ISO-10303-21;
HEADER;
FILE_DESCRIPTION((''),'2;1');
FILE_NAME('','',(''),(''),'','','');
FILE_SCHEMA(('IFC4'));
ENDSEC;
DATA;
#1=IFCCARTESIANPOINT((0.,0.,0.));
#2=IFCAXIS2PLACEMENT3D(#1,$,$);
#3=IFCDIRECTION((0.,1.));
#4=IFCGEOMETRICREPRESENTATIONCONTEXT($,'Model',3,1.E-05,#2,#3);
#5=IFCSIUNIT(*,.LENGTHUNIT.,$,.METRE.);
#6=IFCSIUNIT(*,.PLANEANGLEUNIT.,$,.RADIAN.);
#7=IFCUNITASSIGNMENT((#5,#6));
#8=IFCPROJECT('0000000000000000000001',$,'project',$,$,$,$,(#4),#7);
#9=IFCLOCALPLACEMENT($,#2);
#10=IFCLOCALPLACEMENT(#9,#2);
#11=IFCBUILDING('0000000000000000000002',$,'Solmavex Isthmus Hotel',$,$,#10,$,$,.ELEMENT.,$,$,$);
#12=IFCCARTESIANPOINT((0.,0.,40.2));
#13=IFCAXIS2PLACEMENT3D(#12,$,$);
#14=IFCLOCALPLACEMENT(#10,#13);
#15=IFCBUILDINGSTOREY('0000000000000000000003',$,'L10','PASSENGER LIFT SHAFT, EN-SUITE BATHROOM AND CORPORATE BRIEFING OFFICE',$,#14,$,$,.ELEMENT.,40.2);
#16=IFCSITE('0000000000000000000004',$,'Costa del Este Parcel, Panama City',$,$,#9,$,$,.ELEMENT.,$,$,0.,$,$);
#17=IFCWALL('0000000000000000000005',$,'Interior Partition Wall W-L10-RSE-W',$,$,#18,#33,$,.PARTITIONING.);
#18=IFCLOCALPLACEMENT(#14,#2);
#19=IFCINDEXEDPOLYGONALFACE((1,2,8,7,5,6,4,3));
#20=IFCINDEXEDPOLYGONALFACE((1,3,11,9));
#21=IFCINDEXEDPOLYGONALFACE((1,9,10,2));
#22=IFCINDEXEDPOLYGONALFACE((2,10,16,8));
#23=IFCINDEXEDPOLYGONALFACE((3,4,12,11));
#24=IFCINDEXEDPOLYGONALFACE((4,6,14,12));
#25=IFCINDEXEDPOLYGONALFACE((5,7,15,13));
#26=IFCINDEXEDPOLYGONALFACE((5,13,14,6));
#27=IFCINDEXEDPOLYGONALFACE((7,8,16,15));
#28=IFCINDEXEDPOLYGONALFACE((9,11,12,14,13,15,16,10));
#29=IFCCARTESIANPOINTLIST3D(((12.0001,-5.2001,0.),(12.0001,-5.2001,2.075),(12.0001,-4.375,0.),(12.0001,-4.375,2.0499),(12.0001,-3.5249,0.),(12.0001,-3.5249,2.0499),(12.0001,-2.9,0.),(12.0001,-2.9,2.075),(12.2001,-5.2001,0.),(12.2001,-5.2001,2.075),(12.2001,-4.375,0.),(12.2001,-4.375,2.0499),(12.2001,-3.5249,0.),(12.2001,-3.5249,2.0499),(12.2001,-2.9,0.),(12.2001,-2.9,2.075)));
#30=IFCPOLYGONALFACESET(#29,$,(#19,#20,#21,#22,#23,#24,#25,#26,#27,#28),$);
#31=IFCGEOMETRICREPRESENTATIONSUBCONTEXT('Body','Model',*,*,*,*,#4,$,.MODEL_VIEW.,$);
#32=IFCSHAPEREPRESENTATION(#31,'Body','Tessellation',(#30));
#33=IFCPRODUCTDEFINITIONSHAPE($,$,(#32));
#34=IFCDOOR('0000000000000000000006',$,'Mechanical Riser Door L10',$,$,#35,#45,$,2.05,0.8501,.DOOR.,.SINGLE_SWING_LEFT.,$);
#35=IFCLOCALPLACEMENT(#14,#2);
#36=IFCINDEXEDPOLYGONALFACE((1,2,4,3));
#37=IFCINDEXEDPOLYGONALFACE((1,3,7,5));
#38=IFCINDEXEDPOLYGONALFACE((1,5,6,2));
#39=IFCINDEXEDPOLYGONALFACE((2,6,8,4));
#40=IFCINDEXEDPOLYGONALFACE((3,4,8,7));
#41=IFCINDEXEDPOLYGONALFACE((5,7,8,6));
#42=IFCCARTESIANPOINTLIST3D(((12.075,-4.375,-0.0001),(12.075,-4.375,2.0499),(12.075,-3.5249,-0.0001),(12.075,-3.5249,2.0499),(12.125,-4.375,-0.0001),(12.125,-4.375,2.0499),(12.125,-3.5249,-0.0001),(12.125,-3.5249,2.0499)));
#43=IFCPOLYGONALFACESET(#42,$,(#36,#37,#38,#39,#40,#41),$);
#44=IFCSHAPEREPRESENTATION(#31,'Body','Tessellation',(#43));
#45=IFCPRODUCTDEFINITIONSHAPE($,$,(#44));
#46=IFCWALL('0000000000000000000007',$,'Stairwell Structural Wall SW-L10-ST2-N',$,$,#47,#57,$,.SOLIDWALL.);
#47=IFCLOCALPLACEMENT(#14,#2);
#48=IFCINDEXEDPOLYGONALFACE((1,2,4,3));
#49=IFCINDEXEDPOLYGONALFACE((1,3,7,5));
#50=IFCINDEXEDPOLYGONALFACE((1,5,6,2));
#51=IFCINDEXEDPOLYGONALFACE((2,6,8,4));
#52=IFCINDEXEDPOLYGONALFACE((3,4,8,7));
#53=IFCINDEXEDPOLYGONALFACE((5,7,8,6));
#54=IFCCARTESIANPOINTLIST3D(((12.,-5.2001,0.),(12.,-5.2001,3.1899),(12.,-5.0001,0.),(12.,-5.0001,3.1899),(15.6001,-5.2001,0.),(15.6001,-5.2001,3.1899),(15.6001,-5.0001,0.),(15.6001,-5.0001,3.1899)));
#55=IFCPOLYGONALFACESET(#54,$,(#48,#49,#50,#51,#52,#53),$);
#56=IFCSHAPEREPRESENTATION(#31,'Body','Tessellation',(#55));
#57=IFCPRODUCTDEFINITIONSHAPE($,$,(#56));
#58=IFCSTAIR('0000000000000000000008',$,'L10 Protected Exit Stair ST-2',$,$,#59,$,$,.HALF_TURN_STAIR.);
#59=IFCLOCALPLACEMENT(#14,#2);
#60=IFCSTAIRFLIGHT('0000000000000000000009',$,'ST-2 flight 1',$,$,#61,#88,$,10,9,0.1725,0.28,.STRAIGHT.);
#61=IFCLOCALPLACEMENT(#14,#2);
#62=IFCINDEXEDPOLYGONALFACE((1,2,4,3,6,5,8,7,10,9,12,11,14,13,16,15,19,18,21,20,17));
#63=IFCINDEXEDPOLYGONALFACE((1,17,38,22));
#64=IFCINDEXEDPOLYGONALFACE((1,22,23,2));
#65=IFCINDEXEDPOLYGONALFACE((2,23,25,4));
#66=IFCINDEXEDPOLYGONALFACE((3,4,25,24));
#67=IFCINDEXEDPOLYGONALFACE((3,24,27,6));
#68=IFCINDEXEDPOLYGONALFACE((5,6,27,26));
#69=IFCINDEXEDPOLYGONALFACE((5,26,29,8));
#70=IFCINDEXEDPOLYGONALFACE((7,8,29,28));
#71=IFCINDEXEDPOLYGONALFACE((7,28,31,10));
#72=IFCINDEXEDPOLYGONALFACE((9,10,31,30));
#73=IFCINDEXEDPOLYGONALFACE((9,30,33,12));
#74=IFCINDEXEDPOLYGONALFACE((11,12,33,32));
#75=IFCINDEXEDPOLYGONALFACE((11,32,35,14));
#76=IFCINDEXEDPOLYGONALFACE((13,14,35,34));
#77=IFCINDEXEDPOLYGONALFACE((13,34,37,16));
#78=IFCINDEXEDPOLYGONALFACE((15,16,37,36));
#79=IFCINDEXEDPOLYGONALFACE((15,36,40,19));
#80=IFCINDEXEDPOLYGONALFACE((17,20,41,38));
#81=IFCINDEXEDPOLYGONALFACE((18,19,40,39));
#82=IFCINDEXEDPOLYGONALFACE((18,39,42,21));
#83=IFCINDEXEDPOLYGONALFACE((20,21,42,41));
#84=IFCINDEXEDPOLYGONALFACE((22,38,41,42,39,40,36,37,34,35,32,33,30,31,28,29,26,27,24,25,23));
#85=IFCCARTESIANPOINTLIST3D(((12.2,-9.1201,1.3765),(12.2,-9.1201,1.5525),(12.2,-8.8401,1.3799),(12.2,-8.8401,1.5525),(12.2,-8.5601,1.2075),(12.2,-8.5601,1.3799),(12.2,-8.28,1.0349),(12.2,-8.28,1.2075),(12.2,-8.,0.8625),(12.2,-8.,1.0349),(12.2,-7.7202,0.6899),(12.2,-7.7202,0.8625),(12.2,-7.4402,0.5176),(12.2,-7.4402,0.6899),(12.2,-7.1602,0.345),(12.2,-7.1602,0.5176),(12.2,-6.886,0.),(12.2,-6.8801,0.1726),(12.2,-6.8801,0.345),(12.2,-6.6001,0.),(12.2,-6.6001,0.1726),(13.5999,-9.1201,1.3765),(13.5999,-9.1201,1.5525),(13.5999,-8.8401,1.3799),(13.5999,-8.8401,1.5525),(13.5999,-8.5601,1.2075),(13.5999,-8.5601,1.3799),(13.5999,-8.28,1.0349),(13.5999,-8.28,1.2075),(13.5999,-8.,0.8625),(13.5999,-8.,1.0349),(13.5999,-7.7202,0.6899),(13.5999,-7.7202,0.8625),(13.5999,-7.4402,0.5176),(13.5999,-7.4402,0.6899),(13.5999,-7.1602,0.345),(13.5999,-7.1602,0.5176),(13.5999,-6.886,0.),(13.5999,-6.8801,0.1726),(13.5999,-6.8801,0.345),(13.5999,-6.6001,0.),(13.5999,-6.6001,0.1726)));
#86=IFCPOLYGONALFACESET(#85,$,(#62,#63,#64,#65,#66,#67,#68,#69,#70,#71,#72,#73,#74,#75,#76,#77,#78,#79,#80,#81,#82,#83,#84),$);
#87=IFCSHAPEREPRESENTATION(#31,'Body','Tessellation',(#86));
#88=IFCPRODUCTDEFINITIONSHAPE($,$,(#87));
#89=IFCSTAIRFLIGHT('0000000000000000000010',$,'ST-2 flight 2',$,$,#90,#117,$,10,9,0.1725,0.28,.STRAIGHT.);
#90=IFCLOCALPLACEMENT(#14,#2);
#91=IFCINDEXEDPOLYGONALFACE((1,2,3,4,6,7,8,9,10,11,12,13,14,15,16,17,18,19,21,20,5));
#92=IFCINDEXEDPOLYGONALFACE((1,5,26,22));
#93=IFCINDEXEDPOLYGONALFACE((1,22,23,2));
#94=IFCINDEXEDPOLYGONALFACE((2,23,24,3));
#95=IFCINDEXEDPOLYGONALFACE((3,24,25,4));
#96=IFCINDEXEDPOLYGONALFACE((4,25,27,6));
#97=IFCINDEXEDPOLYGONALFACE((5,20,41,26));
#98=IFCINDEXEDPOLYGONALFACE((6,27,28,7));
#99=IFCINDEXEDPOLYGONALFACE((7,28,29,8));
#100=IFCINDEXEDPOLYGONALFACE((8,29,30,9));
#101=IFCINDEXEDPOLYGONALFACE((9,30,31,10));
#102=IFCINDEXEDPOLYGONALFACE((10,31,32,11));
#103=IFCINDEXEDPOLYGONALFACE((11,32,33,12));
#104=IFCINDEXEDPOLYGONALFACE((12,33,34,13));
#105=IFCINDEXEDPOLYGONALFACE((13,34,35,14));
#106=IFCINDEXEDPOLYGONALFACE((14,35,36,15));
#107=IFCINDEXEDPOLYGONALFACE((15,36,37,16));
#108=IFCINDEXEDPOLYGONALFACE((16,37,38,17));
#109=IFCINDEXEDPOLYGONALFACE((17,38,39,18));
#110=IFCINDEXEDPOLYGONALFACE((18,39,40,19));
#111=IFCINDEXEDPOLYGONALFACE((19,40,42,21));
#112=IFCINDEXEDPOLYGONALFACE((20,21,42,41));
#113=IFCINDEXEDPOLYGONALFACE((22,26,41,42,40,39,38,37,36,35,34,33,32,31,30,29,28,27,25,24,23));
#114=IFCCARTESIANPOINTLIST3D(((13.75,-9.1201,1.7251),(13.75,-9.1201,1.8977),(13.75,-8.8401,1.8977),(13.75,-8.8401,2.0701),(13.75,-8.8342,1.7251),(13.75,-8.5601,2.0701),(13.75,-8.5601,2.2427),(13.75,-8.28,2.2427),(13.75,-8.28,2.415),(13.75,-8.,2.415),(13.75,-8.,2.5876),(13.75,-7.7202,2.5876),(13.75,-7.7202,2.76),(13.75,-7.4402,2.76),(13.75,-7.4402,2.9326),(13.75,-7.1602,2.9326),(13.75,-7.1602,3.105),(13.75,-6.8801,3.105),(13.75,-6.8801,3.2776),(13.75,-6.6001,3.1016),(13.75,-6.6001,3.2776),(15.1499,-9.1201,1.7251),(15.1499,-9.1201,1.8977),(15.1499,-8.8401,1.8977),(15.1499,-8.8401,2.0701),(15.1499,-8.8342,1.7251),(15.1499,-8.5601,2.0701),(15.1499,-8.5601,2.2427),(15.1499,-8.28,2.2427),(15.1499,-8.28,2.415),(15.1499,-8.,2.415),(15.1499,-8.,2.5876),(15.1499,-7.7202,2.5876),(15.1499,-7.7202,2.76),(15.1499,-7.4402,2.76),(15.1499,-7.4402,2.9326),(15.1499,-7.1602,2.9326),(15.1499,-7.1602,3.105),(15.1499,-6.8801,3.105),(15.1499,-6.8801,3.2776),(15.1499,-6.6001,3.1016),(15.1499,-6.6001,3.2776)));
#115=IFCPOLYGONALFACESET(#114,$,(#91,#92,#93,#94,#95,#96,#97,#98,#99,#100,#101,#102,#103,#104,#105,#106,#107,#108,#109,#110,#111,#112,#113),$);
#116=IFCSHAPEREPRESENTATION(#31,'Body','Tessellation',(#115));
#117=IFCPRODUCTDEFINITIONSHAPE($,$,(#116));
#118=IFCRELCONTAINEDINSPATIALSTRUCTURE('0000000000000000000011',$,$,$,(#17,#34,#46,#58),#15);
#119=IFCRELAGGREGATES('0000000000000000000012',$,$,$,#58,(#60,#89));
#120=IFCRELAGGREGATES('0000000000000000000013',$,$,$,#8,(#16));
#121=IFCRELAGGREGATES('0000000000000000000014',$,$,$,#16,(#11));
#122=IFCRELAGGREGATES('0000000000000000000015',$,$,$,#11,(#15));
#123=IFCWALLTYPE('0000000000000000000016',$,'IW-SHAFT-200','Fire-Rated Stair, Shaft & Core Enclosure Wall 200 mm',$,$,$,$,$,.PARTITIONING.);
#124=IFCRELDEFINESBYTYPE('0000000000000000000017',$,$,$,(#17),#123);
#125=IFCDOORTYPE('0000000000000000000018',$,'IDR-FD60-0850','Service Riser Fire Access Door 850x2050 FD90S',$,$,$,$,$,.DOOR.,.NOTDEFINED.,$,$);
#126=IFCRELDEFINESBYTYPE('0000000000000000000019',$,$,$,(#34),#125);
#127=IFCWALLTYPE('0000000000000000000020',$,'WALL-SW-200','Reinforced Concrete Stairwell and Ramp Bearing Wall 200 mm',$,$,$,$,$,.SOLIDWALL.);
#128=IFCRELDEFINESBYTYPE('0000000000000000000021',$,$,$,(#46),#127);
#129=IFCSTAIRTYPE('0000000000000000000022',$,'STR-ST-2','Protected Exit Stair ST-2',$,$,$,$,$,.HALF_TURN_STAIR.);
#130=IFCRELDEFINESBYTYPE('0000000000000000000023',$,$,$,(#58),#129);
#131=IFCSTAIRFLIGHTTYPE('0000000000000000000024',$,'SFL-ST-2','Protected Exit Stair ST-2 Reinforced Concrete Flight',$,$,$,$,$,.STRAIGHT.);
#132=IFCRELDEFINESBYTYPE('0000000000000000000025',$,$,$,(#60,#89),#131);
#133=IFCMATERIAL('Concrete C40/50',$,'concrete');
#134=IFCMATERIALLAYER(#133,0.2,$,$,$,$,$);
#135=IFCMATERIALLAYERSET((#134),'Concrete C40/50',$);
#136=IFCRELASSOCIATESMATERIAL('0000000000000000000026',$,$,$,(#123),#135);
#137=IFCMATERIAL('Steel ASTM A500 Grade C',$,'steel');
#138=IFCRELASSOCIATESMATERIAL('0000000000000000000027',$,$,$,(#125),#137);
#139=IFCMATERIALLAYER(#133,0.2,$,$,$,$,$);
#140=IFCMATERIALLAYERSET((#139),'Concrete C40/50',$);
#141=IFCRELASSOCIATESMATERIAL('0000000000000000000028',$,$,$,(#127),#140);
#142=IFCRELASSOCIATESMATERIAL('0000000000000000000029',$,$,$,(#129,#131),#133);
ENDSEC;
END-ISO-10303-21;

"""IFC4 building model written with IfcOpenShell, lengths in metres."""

from ifc_helpers import new_model, si_unit, direction, frame, frame_2d, origin, place, context, subcontext, project, spatial, polyline, rectangle, outline, extrude, material, layer, layer_set, type_object, element, fill, aggregate, save


model = new_model("IFC4")

# Units and contexts
model_context = context("Model", 3, precision=1e-05, world=origin(), true_north=direction((0.0, 1.0)))
body_context = subcontext(model_context, "Body", "Model", "MODEL_VIEW")
ifc_project = project(units=[si_unit("LENGTHUNIT", "METRE"), si_unit("PLANEANGLEUNIT", "RADIAN")], contexts=[model_context])

# Site, building, storey
site_placement = place(None, origin())
site = spatial("IfcSite", under=ifc_project, at=site_placement, Name="Costa del Este Parcel, Panama City", CompositionType="ELEMENT", RefElevation=0.0)
building_placement = place(site_placement, origin())
building = spatial("IfcBuilding", under=site, at=building_placement, Name="Solmavex Isthmus Hotel", CompositionType="ELEMENT")
storey_placement = place(building_placement, frame((0.0, 0.0, 40.2)))
storey = spatial("IfcBuildingStorey", under=building, at=storey_placement, Name="L10", Description="PASSENGER LIFT SHAFT, EN-SUITE BATHROOM AND CORPORATE BRIEFING OFFICE", CompositionType="ELEMENT", Elevation=40.2)

# Wall, opening, door
ifc_material_1 = material(Name="Concrete C40/50", Category="concrete")
ifc_layer_1 = layer(ifc_material_1, 0.2)
ifc_layer_set_1 = layer_set([ifc_layer_1], Name="Concrete C40/50")
wall_type_1 = type_object("IfcWallType", Name="IW-SHAFT-200", Description="Fire-Rated Stair, Shaft & Core Enclosure Wall 200 mm", PredefinedType="PARTITIONING", material=ifc_layer_set_1)
wall_1_placement = place(storey_placement, frame((12.1001, -5.2, 0.0), z_axis=(0.0, 0.0, 1.0), x_axis=(0.0, 1.0, 0.0)))
wall_1 = element("IfcWall", 1, at=wall_1_placement, inside=storey, type_object=wall_type_1, Name="Interior Partition Wall W-L10-RSE-W", PredefinedType="PARTITIONING", context=body_context, shape_type="SweptSolid", body=[
    extrude(rectangle(XDim=2.3, YDim=0.2, at=frame_2d((1.1499, 0.0))), origin(), (0.0, 0.0, 1.0), 2.075),
])
opening_1_placement = place(wall_1_placement, frame((0.825, 0.0, 0.0)))
opening_1 = element("IfcOpeningElement", 2, at=opening_1_placement, cuts=wall_1, PredefinedType="OPENING", context=body_context, shape_type="SweptSolid", body=[
    extrude(rectangle(XDim=0.8501, YDim=2.05, at=frame_2d((0.425, 1.0249))), frame((0.0, 0.1099, 0.0), z_axis=(0.0, -1.0, 0.0), x_axis=(1.0, 0.0, 0.0)), (0.0, 0.0, 1.0), 0.22),
])
ifc_material_2 = material(Name="Steel ASTM A500 Grade C", Category="steel")
door_type_1 = type_object("IfcDoorType", Name="IDR-FD60-0850", Description="Service Riser Fire Access Door 850x2050 FD90S", OperationType="NOTDEFINED", PredefinedType="DOOR", material=ifc_material_2)
door_1_placement = place(opening_1_placement, frame((0.8501, 0.0, 0.0), z_axis=(0.0, 0.0, 1.0), x_axis=(-1.0, 0.0, 0.0)))
door_1 = element("IfcDoor", 3, at=door_1_placement, inside=storey, type_object=door_type_1, Name="Mechanical Riser Door L10", OperationType="SINGLE_SWING_LEFT", OverallHeight=2.05, OverallWidth=0.8501, PredefinedType="DOOR", context=body_context, shape_type="SweptSolid", body=[
    extrude(rectangle(XDim=0.8501, YDim=2.05, at=frame_2d((0.425, 1.0249))), frame((0.0, 0.0249, 0.0), z_axis=(0.0, -1.0, 0.0), x_axis=(1.0, 0.0, 0.0)), (0.0, 0.0, 1.0), 0.05),
])
fill(opening_1, door_1)

# Wall
ifc_layer_2 = layer(ifc_material_1, 0.2)
ifc_layer_set_2 = layer_set([ifc_layer_2], Name="Concrete C40/50")
wall_type_2 = type_object("IfcWallType", Name="WALL-SW-200", Description="Reinforced Concrete Stairwell and Ramp Bearing Wall 200 mm", PredefinedType="SOLIDWALL", material=ifc_layer_set_2)
wall_2_placement = place(storey_placement, frame((12.0, -5.1001, 0.0), z_axis=(0.0, 0.0, 1.0), x_axis=(1.0, 0.0, 0.0)))
element("IfcWall", 4, at=wall_2_placement, inside=storey, type_object=wall_type_2, Name="Stairwell Structural Wall SW-L10-ST2-N", PredefinedType="SOLIDWALL", context=body_context, shape_type="SweptSolid", body=[
    extrude(rectangle(XDim=3.6001, YDim=0.2, at=frame_2d((1.8, 0.0))), origin(), (0.0, 0.0, 1.0), 3.1899),
])

# Stair, stair flights
stair_type = type_object("IfcStairType", Name="STR-ST-2", Description="Protected Exit Stair ST-2", PredefinedType="HALF_TURN_STAIR", material=ifc_material_1)
stair_placement = place(storey_placement, origin())
stair = element("IfcStair", 5, at=stair_placement, inside=storey, type_object=stair_type, Name="L10 Protected Exit Stair ST-2", PredefinedType="HALF_TURN_STAIR")
stair_flight_type = type_object("IfcStairFlightType", Name="SFL-ST-2", Description="Protected Exit Stair ST-2 Reinforced Concrete Flight", PredefinedType="STRAIGHT", material=ifc_material_1)
stair_flight_1_placement = place(storey_placement, frame((12.8999, -6.6001, 0.0), z_axis=(0.0, 0.0, 1.0), x_axis=(0.0, -1.0, 0.0)))
stair_flight_1 = element("IfcStairFlight", 6, at=stair_flight_1_placement, type_object=stair_flight_type, Name="ST-2 flight 1", NumberOfRisers=10, NumberOfTreads=9, PredefinedType="STRAIGHT", RiserHeight=0.1725, TreadLength=0.28, context=body_context, shape_type="SweptSolid", body=[
    extrude(outline(polyline([(0.0, 0.0), (0.0, 0.1726), (0.28, 0.1726), (0.28, 0.345), (0.5601, 0.345), (0.5601, 0.5176), (0.8401, 0.5176), (0.8401, 0.6899), (1.1201, 0.6899), (1.1201, 0.8625), (1.3999, 0.8625), (1.3999, 1.0349), (1.6799, 1.0349), (1.6799, 1.2075), (1.96, 1.2075), (1.96, 1.3799), (2.24, 1.3799), (2.24, 1.5525), (2.52, 1.5525), (2.52, 1.7251), (2.52, 1.3765), (0.2859, 0.0), (0.0, 0.0)])), frame((0.0, 0.7, 0.0), z_axis=(0.0, -1.0, 0.0), x_axis=(1.0, 0.0, 0.0)), (0.0, 0.0, 1.0), 1.3999),
])
stair_flight_2_placement = place(storey_placement, frame((14.45, -9.1201, 1.7251), z_axis=(0.0, 0.0, 1.0), x_axis=(0.0, 1.0, 0.0)))
stair_flight_2 = element("IfcStairFlight", 7, at=stair_flight_2_placement, type_object=stair_flight_type, Name="ST-2 flight 2", NumberOfRisers=10, NumberOfTreads=9, PredefinedType="STRAIGHT", RiserHeight=0.1725, TreadLength=0.28, context=body_context, shape_type="SweptSolid", body=[
    extrude(outline(polyline([(0.0, 0.0), (0.0, 0.1726), (0.28, 0.1726), (0.28, 0.345), (0.5601, 0.345), (0.5601, 0.5176), (0.8401, 0.5176), (0.8401, 0.6899), (1.1201, 0.6899), (1.1201, 0.8625), (1.3999, 0.8625), (1.3999, 1.0349), (1.6799, 1.0349), (1.6799, 1.2075), (1.96, 1.2075), (1.96, 1.3799), (2.24, 1.3799), (2.24, 1.5525), (2.52, 1.5525), (2.52, 1.7251), (2.52, 1.3765), (0.2859, 0.0), (0.0, 0.0)])), frame((0.0, 0.7, 0.0), z_axis=(0.0, -1.0, 0.0), x_axis=(1.0, 0.0, 0.0)), (0.0, 0.0, 1.0), 1.3999),
])
aggregate(stair, [stair_flight_1, stair_flight_2])

save(model, "model.ifc")
